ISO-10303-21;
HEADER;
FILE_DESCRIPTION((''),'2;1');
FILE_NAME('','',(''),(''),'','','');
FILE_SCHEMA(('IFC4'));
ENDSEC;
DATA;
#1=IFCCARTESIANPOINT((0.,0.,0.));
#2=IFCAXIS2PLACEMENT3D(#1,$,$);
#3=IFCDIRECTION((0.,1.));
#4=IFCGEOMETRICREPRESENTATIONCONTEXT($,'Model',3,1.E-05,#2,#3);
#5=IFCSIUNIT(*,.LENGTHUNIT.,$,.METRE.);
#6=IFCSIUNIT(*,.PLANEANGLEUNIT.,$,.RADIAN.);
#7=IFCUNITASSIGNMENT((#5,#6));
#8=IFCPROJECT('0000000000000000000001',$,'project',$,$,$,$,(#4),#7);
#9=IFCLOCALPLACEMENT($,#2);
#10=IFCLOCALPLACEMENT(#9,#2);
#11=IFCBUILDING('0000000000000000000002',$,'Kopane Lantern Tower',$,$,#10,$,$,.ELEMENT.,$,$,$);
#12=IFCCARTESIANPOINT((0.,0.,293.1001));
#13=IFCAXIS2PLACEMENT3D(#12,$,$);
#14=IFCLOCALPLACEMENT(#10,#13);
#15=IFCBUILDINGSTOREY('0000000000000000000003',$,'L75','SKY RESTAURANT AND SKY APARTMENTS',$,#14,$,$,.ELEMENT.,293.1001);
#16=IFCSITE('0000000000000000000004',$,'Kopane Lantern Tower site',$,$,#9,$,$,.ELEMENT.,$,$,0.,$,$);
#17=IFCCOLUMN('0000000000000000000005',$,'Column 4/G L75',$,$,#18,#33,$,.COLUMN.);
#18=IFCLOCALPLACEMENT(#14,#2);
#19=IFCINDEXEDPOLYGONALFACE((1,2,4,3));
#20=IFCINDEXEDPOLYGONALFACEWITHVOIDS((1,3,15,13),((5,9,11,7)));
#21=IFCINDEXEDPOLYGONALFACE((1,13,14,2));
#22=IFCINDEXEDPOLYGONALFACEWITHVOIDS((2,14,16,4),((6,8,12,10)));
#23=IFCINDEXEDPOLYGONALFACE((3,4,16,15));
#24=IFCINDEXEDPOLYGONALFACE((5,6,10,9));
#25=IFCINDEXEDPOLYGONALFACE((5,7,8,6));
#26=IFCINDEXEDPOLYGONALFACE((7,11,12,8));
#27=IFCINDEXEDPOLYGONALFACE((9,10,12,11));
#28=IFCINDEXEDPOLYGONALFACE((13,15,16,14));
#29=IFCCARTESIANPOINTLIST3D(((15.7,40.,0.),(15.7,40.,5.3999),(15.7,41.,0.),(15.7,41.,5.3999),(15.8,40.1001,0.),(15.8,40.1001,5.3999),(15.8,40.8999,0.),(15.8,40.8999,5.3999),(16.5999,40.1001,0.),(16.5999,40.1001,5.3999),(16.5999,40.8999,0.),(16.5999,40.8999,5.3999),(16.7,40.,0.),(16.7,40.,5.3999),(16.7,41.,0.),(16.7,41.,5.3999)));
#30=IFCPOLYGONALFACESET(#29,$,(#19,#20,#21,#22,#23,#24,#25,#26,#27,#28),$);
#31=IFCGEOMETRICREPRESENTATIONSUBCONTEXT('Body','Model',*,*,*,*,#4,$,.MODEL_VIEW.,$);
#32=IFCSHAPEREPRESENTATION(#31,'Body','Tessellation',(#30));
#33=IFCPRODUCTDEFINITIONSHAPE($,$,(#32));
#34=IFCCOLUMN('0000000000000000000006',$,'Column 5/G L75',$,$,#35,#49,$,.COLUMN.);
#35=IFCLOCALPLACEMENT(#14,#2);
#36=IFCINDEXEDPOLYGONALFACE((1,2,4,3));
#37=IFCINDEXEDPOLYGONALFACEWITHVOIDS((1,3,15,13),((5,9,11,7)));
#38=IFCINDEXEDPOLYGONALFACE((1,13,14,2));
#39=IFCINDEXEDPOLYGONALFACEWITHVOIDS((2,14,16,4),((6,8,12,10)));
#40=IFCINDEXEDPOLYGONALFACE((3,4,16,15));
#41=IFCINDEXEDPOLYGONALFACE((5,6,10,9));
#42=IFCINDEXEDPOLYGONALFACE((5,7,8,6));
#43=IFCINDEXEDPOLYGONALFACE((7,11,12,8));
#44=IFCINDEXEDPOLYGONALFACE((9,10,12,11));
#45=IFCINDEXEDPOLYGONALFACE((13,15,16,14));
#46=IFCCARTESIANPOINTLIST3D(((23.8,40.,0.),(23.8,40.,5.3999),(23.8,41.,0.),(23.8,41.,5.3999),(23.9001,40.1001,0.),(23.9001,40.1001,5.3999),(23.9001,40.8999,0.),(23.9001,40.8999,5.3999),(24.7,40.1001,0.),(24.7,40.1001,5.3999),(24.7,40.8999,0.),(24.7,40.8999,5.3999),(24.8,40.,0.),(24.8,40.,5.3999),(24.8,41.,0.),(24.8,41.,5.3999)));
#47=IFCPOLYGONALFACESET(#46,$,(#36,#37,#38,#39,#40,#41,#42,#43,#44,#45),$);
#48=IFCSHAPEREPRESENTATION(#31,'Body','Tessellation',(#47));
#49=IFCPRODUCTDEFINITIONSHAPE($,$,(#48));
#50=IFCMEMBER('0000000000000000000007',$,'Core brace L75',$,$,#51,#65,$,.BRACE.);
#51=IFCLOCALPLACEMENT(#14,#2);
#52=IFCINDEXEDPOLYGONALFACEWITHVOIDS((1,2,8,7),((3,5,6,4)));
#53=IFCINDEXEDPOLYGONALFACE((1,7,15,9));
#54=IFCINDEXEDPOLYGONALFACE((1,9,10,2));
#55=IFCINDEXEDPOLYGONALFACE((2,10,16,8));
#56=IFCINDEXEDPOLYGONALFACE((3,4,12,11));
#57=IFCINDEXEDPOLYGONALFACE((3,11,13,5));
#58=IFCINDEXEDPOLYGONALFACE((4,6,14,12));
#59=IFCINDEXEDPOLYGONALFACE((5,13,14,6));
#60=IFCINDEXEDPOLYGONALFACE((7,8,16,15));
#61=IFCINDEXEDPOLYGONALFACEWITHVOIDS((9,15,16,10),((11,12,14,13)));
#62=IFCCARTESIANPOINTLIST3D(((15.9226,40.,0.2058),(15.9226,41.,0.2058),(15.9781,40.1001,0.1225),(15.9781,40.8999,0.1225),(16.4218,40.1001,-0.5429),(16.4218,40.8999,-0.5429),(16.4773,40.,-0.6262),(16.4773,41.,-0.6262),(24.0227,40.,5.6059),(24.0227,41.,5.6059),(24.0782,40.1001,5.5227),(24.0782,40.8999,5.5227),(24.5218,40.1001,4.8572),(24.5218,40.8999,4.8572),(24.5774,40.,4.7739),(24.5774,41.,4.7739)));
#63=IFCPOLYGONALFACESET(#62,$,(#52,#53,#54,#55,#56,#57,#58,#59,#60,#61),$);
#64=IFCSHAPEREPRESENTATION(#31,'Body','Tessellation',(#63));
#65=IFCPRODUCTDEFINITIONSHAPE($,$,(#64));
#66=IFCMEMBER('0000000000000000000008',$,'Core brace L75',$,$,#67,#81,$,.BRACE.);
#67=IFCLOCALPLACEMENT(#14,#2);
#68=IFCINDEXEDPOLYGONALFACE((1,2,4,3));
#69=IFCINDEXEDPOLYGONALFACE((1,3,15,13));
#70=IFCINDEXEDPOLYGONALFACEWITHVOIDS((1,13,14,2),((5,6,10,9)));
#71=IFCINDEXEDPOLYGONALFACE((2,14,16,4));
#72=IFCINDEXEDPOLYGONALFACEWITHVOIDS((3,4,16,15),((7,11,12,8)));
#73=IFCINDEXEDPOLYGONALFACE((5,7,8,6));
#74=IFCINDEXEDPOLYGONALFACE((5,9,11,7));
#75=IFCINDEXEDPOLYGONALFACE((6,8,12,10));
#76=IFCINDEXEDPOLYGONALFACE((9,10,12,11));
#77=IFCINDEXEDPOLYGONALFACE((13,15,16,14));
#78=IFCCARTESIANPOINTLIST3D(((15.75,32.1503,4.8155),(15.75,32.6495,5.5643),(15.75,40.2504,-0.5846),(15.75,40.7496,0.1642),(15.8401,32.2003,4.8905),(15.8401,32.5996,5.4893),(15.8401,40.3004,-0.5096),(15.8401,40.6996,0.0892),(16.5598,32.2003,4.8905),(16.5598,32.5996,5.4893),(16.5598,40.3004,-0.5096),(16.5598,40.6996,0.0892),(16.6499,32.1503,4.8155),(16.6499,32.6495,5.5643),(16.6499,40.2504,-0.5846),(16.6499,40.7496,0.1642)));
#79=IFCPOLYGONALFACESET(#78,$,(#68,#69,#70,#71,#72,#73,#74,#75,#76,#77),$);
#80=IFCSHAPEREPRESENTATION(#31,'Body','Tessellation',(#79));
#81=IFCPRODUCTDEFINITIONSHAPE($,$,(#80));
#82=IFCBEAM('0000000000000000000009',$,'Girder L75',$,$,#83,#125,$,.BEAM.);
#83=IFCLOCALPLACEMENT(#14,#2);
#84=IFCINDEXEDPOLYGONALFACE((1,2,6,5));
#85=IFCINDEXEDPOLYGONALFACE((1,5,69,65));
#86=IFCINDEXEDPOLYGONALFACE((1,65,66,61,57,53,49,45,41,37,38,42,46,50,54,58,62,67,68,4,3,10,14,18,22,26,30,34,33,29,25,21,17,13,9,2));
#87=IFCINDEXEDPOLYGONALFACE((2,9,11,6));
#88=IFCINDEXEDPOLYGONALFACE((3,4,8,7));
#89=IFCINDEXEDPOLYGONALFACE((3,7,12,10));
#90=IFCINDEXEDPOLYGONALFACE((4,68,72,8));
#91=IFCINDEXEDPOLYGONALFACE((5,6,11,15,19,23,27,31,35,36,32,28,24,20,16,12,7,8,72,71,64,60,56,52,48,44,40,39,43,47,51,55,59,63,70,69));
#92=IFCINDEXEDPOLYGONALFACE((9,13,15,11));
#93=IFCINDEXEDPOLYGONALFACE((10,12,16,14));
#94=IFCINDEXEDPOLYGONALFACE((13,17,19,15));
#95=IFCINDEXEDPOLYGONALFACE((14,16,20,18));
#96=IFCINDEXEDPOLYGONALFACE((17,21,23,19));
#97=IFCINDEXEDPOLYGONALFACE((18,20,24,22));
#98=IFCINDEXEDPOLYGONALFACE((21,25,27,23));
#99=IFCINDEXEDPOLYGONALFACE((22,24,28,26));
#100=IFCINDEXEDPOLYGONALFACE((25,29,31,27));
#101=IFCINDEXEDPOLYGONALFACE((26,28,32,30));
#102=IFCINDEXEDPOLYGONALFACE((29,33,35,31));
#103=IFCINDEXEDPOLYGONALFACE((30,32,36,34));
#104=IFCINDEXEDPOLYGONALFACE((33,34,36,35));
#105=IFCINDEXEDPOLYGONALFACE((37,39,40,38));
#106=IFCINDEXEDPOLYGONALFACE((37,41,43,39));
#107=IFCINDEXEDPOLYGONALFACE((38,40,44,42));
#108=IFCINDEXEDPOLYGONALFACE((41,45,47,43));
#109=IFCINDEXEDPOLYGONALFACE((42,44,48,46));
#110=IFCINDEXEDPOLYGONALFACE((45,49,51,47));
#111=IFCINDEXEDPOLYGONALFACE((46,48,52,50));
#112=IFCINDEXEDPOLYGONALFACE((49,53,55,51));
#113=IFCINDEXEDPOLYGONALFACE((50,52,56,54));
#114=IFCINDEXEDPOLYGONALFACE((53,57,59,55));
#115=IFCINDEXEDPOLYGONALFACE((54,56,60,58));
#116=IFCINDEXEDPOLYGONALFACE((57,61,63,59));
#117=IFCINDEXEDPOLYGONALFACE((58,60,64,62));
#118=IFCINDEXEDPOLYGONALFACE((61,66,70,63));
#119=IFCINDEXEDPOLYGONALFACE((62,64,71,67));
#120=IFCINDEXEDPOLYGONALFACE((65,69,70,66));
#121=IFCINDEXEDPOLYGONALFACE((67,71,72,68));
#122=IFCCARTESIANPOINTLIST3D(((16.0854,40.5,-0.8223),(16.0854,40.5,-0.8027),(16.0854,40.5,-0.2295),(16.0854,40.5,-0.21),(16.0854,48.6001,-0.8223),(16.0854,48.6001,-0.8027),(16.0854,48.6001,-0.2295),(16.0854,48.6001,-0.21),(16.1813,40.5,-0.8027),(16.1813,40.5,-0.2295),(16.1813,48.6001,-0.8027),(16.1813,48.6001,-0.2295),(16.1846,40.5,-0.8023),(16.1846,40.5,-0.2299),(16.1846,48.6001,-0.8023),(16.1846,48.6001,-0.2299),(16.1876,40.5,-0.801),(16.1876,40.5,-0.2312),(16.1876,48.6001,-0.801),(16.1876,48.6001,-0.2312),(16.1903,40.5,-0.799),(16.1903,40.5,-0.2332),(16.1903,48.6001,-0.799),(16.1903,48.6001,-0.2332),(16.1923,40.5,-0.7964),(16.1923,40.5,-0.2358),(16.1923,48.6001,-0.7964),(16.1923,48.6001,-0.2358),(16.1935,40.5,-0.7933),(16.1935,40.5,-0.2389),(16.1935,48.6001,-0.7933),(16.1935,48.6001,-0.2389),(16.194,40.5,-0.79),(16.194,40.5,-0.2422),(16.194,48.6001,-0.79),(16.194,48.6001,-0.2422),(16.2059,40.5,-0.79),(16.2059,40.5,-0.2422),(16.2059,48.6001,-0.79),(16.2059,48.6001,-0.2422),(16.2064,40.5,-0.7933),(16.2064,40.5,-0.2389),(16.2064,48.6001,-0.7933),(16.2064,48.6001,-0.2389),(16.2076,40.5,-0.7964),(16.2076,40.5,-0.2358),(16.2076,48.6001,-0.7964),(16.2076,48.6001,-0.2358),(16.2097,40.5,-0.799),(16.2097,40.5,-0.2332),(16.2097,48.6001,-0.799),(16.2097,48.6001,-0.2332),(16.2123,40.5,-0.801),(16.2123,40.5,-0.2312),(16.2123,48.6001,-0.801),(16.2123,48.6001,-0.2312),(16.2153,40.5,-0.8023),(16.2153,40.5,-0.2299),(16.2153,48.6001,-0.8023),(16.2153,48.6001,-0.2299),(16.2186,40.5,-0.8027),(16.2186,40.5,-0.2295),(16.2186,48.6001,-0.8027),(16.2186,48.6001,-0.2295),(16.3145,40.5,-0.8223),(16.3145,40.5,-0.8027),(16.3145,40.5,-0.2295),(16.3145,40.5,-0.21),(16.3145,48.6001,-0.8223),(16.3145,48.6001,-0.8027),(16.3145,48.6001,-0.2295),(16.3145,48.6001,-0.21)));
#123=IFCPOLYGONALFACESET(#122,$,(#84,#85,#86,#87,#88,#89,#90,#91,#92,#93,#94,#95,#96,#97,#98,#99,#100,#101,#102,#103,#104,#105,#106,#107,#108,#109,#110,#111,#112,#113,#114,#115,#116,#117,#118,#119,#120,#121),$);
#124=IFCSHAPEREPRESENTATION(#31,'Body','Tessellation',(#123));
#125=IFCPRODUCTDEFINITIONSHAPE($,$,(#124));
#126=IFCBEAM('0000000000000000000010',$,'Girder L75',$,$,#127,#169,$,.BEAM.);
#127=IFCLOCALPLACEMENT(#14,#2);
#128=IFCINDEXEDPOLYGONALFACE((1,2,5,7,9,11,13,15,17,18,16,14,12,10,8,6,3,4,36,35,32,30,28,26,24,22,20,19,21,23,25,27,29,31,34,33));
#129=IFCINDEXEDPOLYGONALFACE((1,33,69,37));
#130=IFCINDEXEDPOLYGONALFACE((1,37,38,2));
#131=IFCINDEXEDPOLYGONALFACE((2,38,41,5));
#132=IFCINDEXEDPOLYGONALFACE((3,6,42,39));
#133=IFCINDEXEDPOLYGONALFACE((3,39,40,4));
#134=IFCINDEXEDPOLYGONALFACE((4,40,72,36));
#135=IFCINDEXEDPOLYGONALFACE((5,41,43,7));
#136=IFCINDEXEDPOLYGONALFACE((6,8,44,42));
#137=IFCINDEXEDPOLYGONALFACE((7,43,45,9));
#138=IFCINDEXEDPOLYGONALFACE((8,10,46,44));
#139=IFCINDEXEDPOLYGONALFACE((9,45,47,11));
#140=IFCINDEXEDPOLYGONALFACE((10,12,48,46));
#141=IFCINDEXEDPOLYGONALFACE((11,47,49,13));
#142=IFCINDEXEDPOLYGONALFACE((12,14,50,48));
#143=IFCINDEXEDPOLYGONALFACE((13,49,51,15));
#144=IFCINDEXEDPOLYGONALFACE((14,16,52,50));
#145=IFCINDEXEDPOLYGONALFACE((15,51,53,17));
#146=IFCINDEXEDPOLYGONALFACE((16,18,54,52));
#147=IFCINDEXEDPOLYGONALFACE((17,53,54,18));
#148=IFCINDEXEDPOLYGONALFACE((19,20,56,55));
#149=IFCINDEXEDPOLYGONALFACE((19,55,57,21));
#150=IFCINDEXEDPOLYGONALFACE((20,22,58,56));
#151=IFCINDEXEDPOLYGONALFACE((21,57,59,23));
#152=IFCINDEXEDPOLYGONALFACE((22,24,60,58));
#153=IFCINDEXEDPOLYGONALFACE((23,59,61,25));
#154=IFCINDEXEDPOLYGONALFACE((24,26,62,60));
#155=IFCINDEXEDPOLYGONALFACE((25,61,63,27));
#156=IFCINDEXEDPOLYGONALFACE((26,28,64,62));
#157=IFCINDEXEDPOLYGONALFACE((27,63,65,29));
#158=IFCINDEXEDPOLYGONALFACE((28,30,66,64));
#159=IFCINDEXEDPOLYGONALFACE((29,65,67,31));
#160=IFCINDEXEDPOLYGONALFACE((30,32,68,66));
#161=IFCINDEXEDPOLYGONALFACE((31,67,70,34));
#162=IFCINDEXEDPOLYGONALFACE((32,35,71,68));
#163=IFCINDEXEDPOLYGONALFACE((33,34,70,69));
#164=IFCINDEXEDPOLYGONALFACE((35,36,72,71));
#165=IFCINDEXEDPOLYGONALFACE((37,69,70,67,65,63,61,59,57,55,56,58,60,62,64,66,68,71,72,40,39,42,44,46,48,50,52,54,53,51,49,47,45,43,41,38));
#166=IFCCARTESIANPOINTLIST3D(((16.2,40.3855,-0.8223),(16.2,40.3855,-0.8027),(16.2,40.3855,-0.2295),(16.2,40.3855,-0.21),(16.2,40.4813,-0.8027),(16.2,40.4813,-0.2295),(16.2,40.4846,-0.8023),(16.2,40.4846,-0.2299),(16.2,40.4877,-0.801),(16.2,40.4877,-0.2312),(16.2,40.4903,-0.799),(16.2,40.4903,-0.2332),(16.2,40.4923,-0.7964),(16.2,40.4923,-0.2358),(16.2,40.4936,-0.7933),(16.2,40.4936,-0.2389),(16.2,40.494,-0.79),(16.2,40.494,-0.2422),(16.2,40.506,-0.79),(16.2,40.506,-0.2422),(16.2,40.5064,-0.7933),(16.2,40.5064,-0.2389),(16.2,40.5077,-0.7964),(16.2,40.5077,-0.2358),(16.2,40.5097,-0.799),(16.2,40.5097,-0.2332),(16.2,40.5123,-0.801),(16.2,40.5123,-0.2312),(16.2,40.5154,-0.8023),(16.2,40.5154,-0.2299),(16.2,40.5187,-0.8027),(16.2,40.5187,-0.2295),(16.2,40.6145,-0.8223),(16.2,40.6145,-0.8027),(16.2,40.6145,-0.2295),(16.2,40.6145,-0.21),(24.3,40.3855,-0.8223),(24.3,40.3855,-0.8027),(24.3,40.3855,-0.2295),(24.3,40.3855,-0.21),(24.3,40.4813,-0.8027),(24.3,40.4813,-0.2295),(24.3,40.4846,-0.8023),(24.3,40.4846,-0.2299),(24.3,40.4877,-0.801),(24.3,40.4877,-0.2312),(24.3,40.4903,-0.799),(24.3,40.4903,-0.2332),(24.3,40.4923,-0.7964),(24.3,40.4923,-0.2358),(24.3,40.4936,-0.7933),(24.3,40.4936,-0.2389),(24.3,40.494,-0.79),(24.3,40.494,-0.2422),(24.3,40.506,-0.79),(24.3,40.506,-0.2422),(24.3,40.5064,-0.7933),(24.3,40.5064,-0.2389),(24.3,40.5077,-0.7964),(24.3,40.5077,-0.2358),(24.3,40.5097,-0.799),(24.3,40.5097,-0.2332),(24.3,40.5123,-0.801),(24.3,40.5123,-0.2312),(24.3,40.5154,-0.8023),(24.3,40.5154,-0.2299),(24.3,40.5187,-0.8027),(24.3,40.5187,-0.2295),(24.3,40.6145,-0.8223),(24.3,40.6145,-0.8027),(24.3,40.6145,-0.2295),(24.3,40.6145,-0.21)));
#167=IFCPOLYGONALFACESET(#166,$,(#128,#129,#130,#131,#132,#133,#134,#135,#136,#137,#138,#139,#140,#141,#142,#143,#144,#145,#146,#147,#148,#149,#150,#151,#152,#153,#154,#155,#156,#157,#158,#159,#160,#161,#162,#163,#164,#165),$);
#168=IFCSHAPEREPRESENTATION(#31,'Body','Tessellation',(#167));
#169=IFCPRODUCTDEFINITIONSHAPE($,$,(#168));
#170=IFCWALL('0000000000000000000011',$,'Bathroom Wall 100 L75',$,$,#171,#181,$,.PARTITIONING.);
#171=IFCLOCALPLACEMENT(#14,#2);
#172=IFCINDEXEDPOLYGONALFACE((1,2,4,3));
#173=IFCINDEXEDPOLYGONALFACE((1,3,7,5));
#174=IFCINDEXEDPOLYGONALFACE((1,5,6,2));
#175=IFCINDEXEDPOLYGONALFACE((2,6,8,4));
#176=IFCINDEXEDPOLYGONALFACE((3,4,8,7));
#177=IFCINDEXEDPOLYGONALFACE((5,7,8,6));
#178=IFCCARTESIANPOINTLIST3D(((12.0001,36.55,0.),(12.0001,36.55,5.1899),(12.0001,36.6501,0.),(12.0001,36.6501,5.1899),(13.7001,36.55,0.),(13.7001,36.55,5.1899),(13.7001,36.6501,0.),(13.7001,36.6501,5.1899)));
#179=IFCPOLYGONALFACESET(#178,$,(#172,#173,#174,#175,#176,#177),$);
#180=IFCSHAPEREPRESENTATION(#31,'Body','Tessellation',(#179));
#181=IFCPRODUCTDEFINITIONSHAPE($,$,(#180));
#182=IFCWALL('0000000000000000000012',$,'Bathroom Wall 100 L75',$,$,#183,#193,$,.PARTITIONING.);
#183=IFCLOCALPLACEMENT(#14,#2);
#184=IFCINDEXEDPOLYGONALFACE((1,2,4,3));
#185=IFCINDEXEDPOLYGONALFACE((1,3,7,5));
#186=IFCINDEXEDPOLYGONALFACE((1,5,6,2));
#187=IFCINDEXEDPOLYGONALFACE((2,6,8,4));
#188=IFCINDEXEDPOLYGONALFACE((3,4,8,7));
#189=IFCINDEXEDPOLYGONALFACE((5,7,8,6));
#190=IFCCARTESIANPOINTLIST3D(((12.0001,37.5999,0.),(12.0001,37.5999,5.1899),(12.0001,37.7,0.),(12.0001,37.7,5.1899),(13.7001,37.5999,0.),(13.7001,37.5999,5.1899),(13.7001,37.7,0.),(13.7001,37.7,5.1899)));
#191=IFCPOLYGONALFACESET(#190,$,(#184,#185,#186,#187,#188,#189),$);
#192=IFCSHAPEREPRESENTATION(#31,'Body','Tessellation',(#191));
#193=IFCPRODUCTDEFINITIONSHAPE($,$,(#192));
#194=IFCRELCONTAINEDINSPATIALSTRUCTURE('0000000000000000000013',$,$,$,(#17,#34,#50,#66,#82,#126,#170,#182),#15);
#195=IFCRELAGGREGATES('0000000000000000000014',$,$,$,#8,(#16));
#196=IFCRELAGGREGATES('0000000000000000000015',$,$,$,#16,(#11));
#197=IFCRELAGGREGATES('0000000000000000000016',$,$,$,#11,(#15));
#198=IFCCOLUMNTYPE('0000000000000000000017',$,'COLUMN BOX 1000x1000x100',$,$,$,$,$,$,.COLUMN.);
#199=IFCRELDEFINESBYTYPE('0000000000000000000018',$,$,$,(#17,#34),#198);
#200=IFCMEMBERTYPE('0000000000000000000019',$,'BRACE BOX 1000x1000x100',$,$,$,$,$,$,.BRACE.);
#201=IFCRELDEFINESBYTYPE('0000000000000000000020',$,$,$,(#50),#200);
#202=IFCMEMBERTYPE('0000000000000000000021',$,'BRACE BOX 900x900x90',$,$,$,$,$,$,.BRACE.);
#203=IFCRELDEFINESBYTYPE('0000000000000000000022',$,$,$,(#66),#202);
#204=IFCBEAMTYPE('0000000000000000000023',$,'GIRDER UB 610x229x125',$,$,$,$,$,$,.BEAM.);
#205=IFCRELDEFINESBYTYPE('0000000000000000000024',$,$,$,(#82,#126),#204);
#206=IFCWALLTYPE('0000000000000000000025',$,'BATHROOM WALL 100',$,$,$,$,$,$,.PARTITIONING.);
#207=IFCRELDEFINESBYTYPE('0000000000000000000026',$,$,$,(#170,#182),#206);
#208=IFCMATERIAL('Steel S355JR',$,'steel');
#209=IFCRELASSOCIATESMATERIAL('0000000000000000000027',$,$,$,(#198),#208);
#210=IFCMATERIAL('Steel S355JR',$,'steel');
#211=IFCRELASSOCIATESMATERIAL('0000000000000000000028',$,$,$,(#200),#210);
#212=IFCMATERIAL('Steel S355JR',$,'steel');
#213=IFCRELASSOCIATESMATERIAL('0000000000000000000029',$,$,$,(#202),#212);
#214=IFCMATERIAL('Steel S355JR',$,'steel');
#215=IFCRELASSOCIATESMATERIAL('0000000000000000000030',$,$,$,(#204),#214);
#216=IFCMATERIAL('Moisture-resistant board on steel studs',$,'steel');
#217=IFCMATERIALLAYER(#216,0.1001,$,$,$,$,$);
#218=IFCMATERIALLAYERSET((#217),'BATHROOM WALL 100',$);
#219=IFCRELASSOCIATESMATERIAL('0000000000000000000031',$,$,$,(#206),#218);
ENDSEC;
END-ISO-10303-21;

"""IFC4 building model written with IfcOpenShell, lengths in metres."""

from ifc_helpers import new_model, si_unit, direction, frame, frame_2d, origin, origin_2d, place, context, subcontext, project, spatial, rectangle, hollow_rectangle, i_section, extrude, material, layer, layer_set, material_profile, profile_set, type_object, element, save


model = new_model("IFC4")

# Units and contexts
model_context = context("Model", 3, precision=1e-05, world=origin(), true_north=direction((0.0, 1.0)))
body_context = subcontext(model_context, "Body", "Model", "MODEL_VIEW")
ifc_project = project(units=[si_unit("LENGTHUNIT", "METRE"), si_unit("PLANEANGLEUNIT", "RADIAN")], contexts=[model_context])

# Site, building, storey
site_placement = place(None, origin())
site = spatial("IfcSite", under=ifc_project, at=site_placement, Name="Kopane Lantern Tower site", CompositionType="ELEMENT", RefElevation=0.0)
building_placement = place(site_placement, origin())
building = spatial("IfcBuilding", under=site, at=building_placement, Name="Kopane Lantern Tower", CompositionType="ELEMENT")
storey_placement = place(building_placement, frame((0.0, 0.0, 293.1001)))
storey = spatial("IfcBuildingStorey", under=building, at=storey_placement, Name="L75", Description="SKY RESTAURANT AND SKY APARTMENTS", CompositionType="ELEMENT", Elevation=293.1001)

# Columns
ifc_material_1 = material(Name="Steel S355JR", Category="steel")
ifc_material_profile_1 = material_profile(ifc_material_1, hollow_rectangle(XDim=1.0, YDim=1.0, WallThickness=0.1001, at=origin_2d()), Name="BOX 1000x1000x100")
ifc_profile_set_1 = profile_set([ifc_material_profile_1], Name="Steel S355JR")
column_type = type_object("IfcColumnType", Name="COLUMN BOX 1000x1000x100", PredefinedType="COLUMN", material=ifc_profile_set_1)
for number, where, z_axis, x_axis, name in (
    (1, (16.2, 40.5, 0.0), (0.0, 0.0, 1.0), (1.0, 0.0, 0.0), "Column 4/G L75"),
    (2, (24.3, 40.5, 0.0), (0.0, 0.0, 1.0), (1.0, 0.0, 0.0), "Column 5/G L75"),
):
    element("IfcColumn", number, at=place(storey_placement, frame(where, z_axis=z_axis, x_axis=x_axis)), inside=storey, type_object=column_type, Name=name, PredefinedType="COLUMN", context=body_context, shape_type="SweptSolid", body=[
        extrude(hollow_rectangle(XDim=1.0, YDim=1.0, WallThickness=0.1001, at=origin_2d()), origin(), (0.0, 0.0, 1.0), 5.3999),
    ])

# Members
ifc_material_2 = material(Name="Steel S355JR", Category="steel")
ifc_material_profile_2 = material_profile(ifc_material_2, hollow_rectangle(XDim=1.0, YDim=1.0, WallThickness=0.1001, at=origin_2d()), Name="BOX 1000x1000x100")
ifc_profile_set_2 = profile_set([ifc_material_profile_2], Name="Steel S355JR")
member_type_1 = type_object("IfcMemberType", Name="BRACE BOX 1000x1000x100", PredefinedType="BRACE", material=ifc_profile_set_2)
member_1_placement = place(storey_placement, frame((16.2, 40.5, -0.2102), z_axis=(0.832046, 0.0, 0.554706), x_axis=(0.0, 1.0, 0.0)))
element("IfcMember", 3, at=member_1_placement, inside=storey, type_object=member_type_1, Name="Core brace L75", PredefinedType="BRACE", context=body_context, shape_type="SweptSolid", body=[
    extrude(hollow_rectangle(XDim=1.0, YDim=1.0, WallThickness=0.1001, at=origin_2d()), origin(), (0.0, 0.0, 1.0), 9.7351),
])
ifc_material_3 = material(Name="Steel S355JR", Category="steel")
ifc_material_profile_3 = material_profile(ifc_material_3, hollow_rectangle(XDim=0.8999, YDim=0.8999, WallThickness=0.0901, at=origin_2d()), Name="BOX 900x900x90")
ifc_profile_set_3 = profile_set([ifc_material_profile_3], Name="Steel S355JR")
member_type_2 = type_object("IfcMemberType", Name="BRACE BOX 900x900x90", PredefinedType="BRACE", material=ifc_profile_set_3)
member_2_placement = place(storey_placement, frame((16.2, 40.5, -0.2102), z_axis=(0.0, -0.832046, 0.554706), x_axis=(1.0, 0.0, 0.0)))
element("IfcMember", 4, at=member_2_placement, inside=storey, type_object=member_type_2, Name="Core brace L75", PredefinedType="BRACE", context=body_context, shape_type="SweptSolid", body=[
    extrude(hollow_rectangle(XDim=0.8999, YDim=0.8999, WallThickness=0.0901, at=origin_2d()), origin(), (0.0, 0.0, 1.0), 9.7351),
])

# Beams
ifc_material_4 = material(Name="Steel S355JR", Category="steel")
ifc_material_profile_4 = material_profile(ifc_material_4, i_section(OverallWidth=0.229, OverallDepth=0.6123, WebThickness=0.012, FlangeThickness=0.0195, FilletRadius=0.0127, at=origin_2d()), Name="UB 610x229x125")
ifc_profile_set_4 = profile_set([ifc_material_profile_4], Name="Steel S355JR")
beam_type = type_object("IfcBeamType", Name="GIRDER UB 610x229x125", PredefinedType="BEAM", material=ifc_profile_set_4)
for number, where, z_axis, x_axis, name in (
    (5, (16.2, 40.5, -0.5161), (0.0, 1.0, 0.0), (-1.0, 0.0, 0.0), "Girder L75"),
    (6, (16.2, 40.5, -0.5161), (1.0, 0.0, 0.0), (0.0, 1.0, 0.0), "Girder L75"),
):
    element("IfcBeam", number, at=place(storey_placement, frame(where, z_axis=z_axis, x_axis=x_axis)), inside=storey, type_object=beam_type, Name=name, PredefinedType="BEAM", context=body_context, shape_type="SweptSolid", body=[
        extrude(i_section(OverallWidth=0.229, OverallDepth=0.6123, WebThickness=0.012, FlangeThickness=0.0195, FilletRadius=0.0127, at=origin_2d()), origin(), (0.0, 0.0, 1.0), 8.1001),
    ])

# Walls
ifc_material_5 = material(Name="Moisture-resistant board on steel studs", Category="steel")
ifc_layer_1 = layer(ifc_material_5, 0.1001)
ifc_layer_set_1 = layer_set([ifc_layer_1], Name="BATHROOM WALL 100")
wall_type_1 = type_object("IfcWallType", Name="BATHROOM WALL 100", PredefinedType="PARTITIONING", material=ifc_layer_set_1)
for number, where, z_axis, x_axis, name in (
    (7, (12.0, 36.6001, 0.0), (0.0, 0.0, 1.0), (1.0, 0.0, 0.0), "Bathroom Wall 100 L75"),
    (8, (12.0, 37.6499, 0.0), (0.0, 0.0, 1.0), (1.0, 0.0, 0.0), "Bathroom Wall 100 L75"),
):
    element("IfcWall", number, at=place(storey_placement, frame(where, z_axis=z_axis, x_axis=x_axis)), inside=storey, type_object=wall_type_1, Name=name, PredefinedType="PARTITIONING", context=body_context, shape_type="SweptSolid", body=[
        extrude(rectangle(XDim=1.7, YDim=0.1001, at=frame_2d((0.8501, 0.0))), origin(), (0.0, 0.0, 1.0), 5.1899),
    ])

save(model, "model.ifc")
